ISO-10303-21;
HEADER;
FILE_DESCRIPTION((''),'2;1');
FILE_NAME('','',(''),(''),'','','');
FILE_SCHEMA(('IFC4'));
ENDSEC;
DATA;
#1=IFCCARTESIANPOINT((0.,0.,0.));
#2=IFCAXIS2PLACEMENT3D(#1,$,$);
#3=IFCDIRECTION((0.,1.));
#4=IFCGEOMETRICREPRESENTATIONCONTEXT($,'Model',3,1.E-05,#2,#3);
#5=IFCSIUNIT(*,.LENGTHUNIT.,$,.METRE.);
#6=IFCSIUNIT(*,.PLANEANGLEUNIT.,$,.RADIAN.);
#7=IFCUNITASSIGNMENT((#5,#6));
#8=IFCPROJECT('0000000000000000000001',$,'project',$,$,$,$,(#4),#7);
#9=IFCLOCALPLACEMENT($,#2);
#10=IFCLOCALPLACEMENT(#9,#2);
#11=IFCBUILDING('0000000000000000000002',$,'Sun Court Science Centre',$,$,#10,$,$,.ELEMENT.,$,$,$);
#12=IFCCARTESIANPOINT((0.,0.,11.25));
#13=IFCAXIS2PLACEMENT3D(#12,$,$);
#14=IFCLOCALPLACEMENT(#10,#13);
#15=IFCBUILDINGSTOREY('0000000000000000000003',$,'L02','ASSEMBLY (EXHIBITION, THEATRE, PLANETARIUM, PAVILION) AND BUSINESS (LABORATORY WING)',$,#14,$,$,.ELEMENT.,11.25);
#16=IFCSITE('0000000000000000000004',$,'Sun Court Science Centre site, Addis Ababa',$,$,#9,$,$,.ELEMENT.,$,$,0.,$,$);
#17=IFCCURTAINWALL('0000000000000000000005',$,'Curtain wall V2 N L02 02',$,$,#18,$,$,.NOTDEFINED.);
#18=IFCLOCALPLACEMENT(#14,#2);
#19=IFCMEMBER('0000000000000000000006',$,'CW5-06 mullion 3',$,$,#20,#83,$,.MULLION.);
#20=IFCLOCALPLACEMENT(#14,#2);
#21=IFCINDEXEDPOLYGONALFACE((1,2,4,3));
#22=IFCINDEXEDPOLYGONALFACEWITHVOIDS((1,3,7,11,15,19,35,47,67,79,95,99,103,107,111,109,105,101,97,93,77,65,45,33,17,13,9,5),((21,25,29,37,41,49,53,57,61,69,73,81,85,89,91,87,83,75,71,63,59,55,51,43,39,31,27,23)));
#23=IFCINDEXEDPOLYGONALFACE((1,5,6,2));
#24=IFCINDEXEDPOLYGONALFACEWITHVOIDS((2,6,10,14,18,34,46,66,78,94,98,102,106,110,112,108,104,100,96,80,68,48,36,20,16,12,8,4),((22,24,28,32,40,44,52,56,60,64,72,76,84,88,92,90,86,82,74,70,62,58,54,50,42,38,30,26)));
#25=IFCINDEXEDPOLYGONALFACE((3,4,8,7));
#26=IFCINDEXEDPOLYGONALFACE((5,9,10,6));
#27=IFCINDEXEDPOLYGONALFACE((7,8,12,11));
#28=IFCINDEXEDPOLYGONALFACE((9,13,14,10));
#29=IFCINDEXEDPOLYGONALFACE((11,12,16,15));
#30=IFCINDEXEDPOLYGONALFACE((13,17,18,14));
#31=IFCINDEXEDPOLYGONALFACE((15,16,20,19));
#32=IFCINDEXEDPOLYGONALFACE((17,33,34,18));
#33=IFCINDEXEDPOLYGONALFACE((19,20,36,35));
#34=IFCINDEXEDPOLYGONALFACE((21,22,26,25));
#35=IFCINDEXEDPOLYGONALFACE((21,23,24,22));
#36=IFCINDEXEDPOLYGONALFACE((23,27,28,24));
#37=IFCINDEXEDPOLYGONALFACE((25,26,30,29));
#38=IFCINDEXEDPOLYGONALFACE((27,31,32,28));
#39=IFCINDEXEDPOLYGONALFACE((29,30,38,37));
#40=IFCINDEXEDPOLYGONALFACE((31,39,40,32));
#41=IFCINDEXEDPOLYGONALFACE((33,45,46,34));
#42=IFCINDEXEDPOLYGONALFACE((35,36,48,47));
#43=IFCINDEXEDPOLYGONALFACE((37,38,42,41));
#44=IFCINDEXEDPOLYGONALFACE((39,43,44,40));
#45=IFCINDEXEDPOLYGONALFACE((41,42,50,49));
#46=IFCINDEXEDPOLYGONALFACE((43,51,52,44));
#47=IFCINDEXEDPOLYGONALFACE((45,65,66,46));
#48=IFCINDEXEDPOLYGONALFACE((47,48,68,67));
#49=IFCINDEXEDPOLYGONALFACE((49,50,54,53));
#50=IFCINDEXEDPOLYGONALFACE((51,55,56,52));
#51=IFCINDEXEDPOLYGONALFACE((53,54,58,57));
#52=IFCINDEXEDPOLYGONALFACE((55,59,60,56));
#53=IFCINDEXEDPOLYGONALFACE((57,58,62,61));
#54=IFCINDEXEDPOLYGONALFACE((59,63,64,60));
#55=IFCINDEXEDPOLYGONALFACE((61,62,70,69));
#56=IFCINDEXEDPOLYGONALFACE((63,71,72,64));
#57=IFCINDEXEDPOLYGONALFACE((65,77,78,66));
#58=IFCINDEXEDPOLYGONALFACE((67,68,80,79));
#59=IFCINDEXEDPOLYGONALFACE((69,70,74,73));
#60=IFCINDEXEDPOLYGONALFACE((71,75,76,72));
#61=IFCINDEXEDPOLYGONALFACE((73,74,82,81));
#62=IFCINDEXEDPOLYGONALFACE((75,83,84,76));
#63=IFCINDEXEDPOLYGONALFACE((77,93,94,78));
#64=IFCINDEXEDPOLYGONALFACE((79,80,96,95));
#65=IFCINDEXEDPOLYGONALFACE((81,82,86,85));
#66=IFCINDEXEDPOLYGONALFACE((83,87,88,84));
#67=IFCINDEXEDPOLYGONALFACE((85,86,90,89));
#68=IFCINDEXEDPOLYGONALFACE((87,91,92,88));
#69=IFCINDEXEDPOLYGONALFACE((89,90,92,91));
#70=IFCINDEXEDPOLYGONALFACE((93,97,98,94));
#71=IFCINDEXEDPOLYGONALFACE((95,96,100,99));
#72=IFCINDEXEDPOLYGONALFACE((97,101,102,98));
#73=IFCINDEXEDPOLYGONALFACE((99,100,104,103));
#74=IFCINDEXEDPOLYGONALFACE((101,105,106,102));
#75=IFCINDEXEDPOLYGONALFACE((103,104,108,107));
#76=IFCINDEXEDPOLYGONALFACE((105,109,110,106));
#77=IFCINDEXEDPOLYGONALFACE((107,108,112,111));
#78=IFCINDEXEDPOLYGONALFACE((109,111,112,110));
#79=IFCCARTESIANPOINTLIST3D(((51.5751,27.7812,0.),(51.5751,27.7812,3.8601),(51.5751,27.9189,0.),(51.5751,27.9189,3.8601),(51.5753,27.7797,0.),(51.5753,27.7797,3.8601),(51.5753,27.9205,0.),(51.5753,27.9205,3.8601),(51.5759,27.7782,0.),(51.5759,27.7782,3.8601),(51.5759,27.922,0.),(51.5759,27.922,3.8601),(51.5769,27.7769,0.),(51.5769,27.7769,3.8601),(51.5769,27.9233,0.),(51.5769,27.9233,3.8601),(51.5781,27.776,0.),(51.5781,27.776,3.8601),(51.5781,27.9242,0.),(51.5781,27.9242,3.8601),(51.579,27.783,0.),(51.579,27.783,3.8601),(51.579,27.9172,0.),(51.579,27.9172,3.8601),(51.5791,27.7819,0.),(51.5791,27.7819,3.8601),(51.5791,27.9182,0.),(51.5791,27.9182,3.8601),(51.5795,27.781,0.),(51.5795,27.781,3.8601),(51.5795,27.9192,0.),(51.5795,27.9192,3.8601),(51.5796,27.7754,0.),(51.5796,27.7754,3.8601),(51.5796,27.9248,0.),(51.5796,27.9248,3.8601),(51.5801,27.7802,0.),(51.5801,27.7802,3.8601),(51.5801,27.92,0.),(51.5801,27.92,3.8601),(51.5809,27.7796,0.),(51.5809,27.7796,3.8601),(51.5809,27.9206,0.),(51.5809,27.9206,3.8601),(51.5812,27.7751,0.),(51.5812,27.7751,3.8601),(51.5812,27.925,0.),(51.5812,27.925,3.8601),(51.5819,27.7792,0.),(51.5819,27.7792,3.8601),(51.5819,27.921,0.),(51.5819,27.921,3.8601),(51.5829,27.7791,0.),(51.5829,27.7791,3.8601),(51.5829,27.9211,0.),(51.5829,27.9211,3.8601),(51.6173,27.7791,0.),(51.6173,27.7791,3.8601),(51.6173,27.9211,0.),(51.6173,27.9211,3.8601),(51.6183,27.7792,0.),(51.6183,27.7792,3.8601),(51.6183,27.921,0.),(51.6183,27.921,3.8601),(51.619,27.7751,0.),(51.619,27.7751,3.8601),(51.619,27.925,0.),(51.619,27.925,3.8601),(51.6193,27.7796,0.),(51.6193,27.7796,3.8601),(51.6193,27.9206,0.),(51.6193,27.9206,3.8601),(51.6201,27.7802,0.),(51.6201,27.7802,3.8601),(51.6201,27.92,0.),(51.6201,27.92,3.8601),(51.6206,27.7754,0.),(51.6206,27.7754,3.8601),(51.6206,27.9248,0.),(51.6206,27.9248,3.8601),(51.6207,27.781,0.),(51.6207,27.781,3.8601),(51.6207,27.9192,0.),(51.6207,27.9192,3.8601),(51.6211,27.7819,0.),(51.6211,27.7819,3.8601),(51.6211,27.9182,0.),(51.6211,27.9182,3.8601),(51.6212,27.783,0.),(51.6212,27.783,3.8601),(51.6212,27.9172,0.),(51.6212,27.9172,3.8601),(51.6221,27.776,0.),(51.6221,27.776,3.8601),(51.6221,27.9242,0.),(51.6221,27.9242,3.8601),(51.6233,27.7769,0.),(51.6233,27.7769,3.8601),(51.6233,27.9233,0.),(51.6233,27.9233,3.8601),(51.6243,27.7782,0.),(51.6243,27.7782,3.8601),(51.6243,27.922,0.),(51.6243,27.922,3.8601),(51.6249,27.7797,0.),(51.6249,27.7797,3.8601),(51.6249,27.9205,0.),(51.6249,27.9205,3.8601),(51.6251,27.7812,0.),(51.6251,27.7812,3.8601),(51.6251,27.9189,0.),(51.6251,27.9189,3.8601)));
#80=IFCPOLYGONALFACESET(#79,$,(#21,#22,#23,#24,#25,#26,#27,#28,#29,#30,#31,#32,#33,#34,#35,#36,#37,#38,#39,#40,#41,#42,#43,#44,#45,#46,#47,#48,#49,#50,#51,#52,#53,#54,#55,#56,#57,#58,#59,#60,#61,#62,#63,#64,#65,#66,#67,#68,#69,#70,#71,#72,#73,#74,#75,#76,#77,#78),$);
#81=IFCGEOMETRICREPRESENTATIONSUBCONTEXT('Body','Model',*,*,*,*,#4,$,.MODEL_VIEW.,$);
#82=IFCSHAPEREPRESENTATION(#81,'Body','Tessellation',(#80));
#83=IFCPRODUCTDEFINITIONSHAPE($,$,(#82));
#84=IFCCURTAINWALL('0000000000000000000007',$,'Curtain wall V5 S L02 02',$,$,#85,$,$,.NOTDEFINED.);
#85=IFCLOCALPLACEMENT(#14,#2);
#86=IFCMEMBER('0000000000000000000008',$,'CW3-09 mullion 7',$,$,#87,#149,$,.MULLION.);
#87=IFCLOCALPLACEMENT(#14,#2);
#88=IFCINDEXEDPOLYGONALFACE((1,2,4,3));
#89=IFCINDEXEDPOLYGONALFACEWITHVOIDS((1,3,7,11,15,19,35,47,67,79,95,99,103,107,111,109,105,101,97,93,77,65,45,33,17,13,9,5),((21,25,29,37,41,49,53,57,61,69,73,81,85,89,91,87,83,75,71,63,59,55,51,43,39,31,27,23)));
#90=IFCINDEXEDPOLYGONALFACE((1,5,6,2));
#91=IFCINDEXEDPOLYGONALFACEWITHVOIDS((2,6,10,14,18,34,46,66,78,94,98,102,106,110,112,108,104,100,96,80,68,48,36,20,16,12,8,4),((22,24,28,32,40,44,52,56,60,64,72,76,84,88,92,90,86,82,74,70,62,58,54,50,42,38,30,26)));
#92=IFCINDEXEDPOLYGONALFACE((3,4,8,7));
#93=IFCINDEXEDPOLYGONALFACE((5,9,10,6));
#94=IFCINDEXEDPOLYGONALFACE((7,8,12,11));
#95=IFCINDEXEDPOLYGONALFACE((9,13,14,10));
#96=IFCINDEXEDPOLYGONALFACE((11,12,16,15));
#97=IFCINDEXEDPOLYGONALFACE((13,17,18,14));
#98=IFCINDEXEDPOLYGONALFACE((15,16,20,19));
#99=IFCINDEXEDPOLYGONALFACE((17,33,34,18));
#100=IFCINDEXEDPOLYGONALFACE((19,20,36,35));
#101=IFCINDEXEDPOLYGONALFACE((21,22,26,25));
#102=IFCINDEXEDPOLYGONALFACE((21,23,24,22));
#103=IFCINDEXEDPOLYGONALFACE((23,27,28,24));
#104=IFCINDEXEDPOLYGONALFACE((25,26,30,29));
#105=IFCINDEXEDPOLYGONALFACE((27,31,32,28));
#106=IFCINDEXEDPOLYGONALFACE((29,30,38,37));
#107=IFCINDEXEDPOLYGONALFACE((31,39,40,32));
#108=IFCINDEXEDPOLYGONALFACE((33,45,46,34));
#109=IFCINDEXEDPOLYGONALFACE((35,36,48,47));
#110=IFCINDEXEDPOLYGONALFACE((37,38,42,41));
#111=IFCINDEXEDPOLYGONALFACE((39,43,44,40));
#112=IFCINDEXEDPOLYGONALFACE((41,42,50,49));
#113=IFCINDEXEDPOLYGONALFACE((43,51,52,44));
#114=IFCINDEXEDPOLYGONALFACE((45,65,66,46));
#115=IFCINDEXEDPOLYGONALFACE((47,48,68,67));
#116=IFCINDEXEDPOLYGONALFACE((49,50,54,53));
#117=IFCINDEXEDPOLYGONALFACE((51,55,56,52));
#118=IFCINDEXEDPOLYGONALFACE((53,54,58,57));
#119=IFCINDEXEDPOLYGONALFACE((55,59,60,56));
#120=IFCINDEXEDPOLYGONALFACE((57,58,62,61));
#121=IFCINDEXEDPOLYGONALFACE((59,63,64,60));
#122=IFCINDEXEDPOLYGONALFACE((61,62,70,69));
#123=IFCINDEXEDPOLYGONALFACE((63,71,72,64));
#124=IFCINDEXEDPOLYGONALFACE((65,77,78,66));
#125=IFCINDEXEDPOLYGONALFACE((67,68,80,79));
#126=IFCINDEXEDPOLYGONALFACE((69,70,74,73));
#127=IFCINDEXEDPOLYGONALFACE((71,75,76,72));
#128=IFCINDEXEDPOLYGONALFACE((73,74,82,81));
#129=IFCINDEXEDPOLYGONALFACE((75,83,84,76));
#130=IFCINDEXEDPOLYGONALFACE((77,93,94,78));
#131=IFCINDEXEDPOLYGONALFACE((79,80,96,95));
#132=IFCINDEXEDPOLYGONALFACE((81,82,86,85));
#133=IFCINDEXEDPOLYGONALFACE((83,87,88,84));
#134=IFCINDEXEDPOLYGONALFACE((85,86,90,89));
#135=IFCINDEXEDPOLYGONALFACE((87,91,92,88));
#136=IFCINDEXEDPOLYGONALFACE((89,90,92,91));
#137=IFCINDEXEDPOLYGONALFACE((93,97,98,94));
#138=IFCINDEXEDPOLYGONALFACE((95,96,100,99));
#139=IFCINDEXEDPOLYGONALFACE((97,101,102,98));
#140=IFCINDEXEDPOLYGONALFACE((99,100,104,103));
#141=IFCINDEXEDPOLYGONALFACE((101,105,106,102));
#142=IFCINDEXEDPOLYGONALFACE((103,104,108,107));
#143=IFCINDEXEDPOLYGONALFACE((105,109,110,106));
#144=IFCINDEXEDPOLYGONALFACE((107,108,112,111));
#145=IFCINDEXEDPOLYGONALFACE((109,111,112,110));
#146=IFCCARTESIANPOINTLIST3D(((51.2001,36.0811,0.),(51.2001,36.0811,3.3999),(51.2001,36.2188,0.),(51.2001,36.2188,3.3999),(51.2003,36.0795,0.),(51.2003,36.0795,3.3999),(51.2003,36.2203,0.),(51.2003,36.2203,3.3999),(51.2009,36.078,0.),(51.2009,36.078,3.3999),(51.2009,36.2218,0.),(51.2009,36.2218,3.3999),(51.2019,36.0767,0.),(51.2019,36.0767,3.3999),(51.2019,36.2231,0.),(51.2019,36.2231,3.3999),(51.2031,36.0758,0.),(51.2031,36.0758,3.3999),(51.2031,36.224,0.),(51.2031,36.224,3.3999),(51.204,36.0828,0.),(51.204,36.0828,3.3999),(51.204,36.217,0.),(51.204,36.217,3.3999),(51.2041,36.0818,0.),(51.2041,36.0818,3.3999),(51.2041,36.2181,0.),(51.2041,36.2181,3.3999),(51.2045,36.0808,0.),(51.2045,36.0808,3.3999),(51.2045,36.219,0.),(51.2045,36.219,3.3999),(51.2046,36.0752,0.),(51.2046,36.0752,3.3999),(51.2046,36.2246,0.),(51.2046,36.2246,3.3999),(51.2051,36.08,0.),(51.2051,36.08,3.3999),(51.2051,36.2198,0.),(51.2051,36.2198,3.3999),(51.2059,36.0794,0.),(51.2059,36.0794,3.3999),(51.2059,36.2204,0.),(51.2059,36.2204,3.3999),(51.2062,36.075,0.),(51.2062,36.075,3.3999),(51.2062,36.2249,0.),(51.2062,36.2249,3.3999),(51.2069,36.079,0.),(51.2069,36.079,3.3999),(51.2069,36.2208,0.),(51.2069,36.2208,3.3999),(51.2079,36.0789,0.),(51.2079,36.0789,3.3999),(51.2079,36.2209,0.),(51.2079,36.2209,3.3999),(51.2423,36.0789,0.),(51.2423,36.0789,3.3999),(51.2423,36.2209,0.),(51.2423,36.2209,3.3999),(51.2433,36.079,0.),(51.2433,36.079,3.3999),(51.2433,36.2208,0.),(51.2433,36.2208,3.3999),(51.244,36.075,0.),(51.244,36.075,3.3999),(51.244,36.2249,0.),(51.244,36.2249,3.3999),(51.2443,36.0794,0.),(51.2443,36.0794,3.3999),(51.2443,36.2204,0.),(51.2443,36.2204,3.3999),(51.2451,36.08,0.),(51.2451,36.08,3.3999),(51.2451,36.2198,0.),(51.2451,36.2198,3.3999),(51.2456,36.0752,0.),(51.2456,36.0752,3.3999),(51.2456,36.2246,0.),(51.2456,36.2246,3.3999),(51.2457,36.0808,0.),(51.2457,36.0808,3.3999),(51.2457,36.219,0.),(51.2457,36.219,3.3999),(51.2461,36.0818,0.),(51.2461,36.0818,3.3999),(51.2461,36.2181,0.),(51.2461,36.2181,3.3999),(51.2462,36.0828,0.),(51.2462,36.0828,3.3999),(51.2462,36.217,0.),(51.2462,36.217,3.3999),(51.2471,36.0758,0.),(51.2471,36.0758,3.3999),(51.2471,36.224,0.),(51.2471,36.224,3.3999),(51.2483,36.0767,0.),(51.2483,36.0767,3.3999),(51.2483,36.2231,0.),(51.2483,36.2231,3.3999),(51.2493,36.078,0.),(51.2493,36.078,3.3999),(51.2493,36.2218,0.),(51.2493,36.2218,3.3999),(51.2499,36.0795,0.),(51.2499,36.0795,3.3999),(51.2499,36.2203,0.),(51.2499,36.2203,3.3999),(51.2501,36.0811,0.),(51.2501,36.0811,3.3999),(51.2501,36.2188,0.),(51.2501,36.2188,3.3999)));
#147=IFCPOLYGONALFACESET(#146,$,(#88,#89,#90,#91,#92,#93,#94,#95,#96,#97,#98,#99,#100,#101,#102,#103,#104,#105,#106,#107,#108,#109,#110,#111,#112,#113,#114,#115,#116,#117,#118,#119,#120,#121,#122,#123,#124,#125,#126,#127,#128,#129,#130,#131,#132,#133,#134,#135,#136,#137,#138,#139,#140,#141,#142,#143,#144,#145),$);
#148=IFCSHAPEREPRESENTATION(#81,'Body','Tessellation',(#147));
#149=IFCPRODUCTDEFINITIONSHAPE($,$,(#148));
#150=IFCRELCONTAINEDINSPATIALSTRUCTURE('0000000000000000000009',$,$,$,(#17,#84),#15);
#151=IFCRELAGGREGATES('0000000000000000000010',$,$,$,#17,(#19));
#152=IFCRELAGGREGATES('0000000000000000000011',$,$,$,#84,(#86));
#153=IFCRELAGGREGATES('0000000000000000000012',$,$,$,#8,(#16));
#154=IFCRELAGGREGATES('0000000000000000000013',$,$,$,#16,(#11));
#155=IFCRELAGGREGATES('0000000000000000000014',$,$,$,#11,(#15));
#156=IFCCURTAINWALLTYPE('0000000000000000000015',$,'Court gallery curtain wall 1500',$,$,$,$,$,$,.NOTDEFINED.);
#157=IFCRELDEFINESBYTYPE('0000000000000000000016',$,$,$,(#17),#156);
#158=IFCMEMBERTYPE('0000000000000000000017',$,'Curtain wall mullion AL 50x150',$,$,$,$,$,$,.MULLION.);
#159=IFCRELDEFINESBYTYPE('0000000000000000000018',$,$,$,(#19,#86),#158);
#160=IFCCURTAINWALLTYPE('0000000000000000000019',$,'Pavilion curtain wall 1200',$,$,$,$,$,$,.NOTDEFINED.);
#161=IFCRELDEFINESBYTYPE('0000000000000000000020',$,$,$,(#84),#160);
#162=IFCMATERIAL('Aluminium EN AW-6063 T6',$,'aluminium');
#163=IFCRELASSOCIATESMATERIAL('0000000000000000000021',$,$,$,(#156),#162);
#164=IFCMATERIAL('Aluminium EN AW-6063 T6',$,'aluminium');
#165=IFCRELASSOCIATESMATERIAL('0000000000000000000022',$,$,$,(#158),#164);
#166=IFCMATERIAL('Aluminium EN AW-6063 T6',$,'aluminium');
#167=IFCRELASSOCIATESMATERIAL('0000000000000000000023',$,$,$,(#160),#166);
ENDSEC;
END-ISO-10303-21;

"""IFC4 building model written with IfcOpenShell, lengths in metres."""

from ifc_helpers import new_model, si_unit, direction, frame, origin, origin_2d, place, context, subcontext, project, spatial, hollow_rectangle, extrude, material, material_profile, profile_set, type_object, element, aggregate, save


model = new_model("IFC4")

# Units and contexts
model_context = context("Model", 3, precision=1e-05, world=origin(), true_north=direction((0.0, 1.0)))
body_context = subcontext(model_context, "Body", "Model", "MODEL_VIEW")
ifc_project = project(units=[si_unit("LENGTHUNIT", "METRE"), si_unit("PLANEANGLEUNIT", "RADIAN")], contexts=[model_context])

# Site, building, storey
site_placement = place(None, origin())
site = spatial("IfcSite", under=ifc_project, at=site_placement, Name="Sun Court Science Centre site, Addis Ababa", CompositionType="ELEMENT", RefElevation=0.0)
building_placement = place(site_placement, origin())
building = spatial("IfcBuilding", under=site, at=building_placement, Name="Sun Court Science Centre", CompositionType="ELEMENT")
storey_placement = place(building_placement, frame((0.0, 0.0, 11.25)))
storey = spatial("IfcBuildingStorey", under=building, at=storey_placement, Name="L02", Description="ASSEMBLY (EXHIBITION, THEATRE, PLANETARIUM, PAVILION) AND BUSINESS (LABORATORY WING)", CompositionType="ELEMENT", Elevation=11.25)

# Curtain wall, member
ifc_material_1 = material(Name="Aluminium EN AW-6063 T6", Category="aluminium")
curtain_wall_type_1 = type_object("IfcCurtainWallType", Name="Court gallery curtain wall 1500", PredefinedType="NOTDEFINED", material=ifc_material_1)
curtain_wall_1_placement = place(storey_placement, origin())
curtain_wall_1 = element("IfcCurtainWall", 1, at=curtain_wall_1_placement, inside=storey, type_object=curtain_wall_type_1, Name="Curtain wall V2 N L02 02", PredefinedType="NOTDEFINED")
ifc_material_2 = material(Name="Aluminium EN AW-6063 T6", Category="aluminium")
ifc_material_profile_1 = material_profile(ifc_material_2, hollow_rectangle(XDim=0.05, YDim=0.1499, WallThickness=0.0039, InnerFilletRadius=0.0039, OuterFilletRadius=0.0061, at=origin_2d()), Name="AL 50x150x4")
ifc_profile_set_1 = profile_set([ifc_material_profile_1], Name="Aluminium EN AW-6063 T6")
member_type_1 = type_object("IfcMemberType", Name="Curtain wall mullion AL 50x150", PredefinedType="MULLION", material=ifc_profile_set_1)
member_1_placement = place(storey_placement, frame((51.6001, 27.8501, 0.0), z_axis=(0.0, 0.0, 1.0), x_axis=(1.0, 0.0, 0.0)))
member_1 = element("IfcMember", 2, at=member_1_placement, type_object=member_type_1, Name="CW5-06 mullion 3", PredefinedType="MULLION", context=body_context, shape_type="SweptSolid", body=[
    extrude(hollow_rectangle(XDim=0.05, YDim=0.1499, WallThickness=0.0039, InnerFilletRadius=0.0039, OuterFilletRadius=0.0061, at=origin_2d()), origin(), (0.0, 0.0, 1.0), 3.8601),
])

# Curtain wall, member
ifc_material_3 = material(Name="Aluminium EN AW-6063 T6", Category="aluminium")
curtain_wall_type_2 = type_object("IfcCurtainWallType", Name="Pavilion curtain wall 1200", PredefinedType="NOTDEFINED", material=ifc_material_3)
curtain_wall_2_placement = place(storey_placement, origin())
curtain_wall_2 = element("IfcCurtainWall", 3, at=curtain_wall_2_placement, inside=storey, type_object=curtain_wall_type_2, Name="Curtain wall V5 S L02 02", PredefinedType="NOTDEFINED")
member_2_placement = place(storey_placement, frame((51.2251, 36.1499, 0.0), z_axis=(0.0, 0.0, 1.0), x_axis=(-1.0, 0.0, 0.0)))
member_2 = element("IfcMember", 4, at=member_2_placement, type_object=member_type_1, Name="CW3-09 mullion 7", PredefinedType="MULLION", context=body_context, shape_type="SweptSolid", body=[
    extrude(hollow_rectangle(XDim=0.05, YDim=0.1499, WallThickness=0.0039, InnerFilletRadius=0.0039, OuterFilletRadius=0.0061, at=origin_2d()), origin(), (0.0, 0.0, 1.0), 3.3999),
])

aggregate(curtain_wall_1, [member_1])
aggregate(curtain_wall_2, [member_2])

save(model, "model.ifc")
